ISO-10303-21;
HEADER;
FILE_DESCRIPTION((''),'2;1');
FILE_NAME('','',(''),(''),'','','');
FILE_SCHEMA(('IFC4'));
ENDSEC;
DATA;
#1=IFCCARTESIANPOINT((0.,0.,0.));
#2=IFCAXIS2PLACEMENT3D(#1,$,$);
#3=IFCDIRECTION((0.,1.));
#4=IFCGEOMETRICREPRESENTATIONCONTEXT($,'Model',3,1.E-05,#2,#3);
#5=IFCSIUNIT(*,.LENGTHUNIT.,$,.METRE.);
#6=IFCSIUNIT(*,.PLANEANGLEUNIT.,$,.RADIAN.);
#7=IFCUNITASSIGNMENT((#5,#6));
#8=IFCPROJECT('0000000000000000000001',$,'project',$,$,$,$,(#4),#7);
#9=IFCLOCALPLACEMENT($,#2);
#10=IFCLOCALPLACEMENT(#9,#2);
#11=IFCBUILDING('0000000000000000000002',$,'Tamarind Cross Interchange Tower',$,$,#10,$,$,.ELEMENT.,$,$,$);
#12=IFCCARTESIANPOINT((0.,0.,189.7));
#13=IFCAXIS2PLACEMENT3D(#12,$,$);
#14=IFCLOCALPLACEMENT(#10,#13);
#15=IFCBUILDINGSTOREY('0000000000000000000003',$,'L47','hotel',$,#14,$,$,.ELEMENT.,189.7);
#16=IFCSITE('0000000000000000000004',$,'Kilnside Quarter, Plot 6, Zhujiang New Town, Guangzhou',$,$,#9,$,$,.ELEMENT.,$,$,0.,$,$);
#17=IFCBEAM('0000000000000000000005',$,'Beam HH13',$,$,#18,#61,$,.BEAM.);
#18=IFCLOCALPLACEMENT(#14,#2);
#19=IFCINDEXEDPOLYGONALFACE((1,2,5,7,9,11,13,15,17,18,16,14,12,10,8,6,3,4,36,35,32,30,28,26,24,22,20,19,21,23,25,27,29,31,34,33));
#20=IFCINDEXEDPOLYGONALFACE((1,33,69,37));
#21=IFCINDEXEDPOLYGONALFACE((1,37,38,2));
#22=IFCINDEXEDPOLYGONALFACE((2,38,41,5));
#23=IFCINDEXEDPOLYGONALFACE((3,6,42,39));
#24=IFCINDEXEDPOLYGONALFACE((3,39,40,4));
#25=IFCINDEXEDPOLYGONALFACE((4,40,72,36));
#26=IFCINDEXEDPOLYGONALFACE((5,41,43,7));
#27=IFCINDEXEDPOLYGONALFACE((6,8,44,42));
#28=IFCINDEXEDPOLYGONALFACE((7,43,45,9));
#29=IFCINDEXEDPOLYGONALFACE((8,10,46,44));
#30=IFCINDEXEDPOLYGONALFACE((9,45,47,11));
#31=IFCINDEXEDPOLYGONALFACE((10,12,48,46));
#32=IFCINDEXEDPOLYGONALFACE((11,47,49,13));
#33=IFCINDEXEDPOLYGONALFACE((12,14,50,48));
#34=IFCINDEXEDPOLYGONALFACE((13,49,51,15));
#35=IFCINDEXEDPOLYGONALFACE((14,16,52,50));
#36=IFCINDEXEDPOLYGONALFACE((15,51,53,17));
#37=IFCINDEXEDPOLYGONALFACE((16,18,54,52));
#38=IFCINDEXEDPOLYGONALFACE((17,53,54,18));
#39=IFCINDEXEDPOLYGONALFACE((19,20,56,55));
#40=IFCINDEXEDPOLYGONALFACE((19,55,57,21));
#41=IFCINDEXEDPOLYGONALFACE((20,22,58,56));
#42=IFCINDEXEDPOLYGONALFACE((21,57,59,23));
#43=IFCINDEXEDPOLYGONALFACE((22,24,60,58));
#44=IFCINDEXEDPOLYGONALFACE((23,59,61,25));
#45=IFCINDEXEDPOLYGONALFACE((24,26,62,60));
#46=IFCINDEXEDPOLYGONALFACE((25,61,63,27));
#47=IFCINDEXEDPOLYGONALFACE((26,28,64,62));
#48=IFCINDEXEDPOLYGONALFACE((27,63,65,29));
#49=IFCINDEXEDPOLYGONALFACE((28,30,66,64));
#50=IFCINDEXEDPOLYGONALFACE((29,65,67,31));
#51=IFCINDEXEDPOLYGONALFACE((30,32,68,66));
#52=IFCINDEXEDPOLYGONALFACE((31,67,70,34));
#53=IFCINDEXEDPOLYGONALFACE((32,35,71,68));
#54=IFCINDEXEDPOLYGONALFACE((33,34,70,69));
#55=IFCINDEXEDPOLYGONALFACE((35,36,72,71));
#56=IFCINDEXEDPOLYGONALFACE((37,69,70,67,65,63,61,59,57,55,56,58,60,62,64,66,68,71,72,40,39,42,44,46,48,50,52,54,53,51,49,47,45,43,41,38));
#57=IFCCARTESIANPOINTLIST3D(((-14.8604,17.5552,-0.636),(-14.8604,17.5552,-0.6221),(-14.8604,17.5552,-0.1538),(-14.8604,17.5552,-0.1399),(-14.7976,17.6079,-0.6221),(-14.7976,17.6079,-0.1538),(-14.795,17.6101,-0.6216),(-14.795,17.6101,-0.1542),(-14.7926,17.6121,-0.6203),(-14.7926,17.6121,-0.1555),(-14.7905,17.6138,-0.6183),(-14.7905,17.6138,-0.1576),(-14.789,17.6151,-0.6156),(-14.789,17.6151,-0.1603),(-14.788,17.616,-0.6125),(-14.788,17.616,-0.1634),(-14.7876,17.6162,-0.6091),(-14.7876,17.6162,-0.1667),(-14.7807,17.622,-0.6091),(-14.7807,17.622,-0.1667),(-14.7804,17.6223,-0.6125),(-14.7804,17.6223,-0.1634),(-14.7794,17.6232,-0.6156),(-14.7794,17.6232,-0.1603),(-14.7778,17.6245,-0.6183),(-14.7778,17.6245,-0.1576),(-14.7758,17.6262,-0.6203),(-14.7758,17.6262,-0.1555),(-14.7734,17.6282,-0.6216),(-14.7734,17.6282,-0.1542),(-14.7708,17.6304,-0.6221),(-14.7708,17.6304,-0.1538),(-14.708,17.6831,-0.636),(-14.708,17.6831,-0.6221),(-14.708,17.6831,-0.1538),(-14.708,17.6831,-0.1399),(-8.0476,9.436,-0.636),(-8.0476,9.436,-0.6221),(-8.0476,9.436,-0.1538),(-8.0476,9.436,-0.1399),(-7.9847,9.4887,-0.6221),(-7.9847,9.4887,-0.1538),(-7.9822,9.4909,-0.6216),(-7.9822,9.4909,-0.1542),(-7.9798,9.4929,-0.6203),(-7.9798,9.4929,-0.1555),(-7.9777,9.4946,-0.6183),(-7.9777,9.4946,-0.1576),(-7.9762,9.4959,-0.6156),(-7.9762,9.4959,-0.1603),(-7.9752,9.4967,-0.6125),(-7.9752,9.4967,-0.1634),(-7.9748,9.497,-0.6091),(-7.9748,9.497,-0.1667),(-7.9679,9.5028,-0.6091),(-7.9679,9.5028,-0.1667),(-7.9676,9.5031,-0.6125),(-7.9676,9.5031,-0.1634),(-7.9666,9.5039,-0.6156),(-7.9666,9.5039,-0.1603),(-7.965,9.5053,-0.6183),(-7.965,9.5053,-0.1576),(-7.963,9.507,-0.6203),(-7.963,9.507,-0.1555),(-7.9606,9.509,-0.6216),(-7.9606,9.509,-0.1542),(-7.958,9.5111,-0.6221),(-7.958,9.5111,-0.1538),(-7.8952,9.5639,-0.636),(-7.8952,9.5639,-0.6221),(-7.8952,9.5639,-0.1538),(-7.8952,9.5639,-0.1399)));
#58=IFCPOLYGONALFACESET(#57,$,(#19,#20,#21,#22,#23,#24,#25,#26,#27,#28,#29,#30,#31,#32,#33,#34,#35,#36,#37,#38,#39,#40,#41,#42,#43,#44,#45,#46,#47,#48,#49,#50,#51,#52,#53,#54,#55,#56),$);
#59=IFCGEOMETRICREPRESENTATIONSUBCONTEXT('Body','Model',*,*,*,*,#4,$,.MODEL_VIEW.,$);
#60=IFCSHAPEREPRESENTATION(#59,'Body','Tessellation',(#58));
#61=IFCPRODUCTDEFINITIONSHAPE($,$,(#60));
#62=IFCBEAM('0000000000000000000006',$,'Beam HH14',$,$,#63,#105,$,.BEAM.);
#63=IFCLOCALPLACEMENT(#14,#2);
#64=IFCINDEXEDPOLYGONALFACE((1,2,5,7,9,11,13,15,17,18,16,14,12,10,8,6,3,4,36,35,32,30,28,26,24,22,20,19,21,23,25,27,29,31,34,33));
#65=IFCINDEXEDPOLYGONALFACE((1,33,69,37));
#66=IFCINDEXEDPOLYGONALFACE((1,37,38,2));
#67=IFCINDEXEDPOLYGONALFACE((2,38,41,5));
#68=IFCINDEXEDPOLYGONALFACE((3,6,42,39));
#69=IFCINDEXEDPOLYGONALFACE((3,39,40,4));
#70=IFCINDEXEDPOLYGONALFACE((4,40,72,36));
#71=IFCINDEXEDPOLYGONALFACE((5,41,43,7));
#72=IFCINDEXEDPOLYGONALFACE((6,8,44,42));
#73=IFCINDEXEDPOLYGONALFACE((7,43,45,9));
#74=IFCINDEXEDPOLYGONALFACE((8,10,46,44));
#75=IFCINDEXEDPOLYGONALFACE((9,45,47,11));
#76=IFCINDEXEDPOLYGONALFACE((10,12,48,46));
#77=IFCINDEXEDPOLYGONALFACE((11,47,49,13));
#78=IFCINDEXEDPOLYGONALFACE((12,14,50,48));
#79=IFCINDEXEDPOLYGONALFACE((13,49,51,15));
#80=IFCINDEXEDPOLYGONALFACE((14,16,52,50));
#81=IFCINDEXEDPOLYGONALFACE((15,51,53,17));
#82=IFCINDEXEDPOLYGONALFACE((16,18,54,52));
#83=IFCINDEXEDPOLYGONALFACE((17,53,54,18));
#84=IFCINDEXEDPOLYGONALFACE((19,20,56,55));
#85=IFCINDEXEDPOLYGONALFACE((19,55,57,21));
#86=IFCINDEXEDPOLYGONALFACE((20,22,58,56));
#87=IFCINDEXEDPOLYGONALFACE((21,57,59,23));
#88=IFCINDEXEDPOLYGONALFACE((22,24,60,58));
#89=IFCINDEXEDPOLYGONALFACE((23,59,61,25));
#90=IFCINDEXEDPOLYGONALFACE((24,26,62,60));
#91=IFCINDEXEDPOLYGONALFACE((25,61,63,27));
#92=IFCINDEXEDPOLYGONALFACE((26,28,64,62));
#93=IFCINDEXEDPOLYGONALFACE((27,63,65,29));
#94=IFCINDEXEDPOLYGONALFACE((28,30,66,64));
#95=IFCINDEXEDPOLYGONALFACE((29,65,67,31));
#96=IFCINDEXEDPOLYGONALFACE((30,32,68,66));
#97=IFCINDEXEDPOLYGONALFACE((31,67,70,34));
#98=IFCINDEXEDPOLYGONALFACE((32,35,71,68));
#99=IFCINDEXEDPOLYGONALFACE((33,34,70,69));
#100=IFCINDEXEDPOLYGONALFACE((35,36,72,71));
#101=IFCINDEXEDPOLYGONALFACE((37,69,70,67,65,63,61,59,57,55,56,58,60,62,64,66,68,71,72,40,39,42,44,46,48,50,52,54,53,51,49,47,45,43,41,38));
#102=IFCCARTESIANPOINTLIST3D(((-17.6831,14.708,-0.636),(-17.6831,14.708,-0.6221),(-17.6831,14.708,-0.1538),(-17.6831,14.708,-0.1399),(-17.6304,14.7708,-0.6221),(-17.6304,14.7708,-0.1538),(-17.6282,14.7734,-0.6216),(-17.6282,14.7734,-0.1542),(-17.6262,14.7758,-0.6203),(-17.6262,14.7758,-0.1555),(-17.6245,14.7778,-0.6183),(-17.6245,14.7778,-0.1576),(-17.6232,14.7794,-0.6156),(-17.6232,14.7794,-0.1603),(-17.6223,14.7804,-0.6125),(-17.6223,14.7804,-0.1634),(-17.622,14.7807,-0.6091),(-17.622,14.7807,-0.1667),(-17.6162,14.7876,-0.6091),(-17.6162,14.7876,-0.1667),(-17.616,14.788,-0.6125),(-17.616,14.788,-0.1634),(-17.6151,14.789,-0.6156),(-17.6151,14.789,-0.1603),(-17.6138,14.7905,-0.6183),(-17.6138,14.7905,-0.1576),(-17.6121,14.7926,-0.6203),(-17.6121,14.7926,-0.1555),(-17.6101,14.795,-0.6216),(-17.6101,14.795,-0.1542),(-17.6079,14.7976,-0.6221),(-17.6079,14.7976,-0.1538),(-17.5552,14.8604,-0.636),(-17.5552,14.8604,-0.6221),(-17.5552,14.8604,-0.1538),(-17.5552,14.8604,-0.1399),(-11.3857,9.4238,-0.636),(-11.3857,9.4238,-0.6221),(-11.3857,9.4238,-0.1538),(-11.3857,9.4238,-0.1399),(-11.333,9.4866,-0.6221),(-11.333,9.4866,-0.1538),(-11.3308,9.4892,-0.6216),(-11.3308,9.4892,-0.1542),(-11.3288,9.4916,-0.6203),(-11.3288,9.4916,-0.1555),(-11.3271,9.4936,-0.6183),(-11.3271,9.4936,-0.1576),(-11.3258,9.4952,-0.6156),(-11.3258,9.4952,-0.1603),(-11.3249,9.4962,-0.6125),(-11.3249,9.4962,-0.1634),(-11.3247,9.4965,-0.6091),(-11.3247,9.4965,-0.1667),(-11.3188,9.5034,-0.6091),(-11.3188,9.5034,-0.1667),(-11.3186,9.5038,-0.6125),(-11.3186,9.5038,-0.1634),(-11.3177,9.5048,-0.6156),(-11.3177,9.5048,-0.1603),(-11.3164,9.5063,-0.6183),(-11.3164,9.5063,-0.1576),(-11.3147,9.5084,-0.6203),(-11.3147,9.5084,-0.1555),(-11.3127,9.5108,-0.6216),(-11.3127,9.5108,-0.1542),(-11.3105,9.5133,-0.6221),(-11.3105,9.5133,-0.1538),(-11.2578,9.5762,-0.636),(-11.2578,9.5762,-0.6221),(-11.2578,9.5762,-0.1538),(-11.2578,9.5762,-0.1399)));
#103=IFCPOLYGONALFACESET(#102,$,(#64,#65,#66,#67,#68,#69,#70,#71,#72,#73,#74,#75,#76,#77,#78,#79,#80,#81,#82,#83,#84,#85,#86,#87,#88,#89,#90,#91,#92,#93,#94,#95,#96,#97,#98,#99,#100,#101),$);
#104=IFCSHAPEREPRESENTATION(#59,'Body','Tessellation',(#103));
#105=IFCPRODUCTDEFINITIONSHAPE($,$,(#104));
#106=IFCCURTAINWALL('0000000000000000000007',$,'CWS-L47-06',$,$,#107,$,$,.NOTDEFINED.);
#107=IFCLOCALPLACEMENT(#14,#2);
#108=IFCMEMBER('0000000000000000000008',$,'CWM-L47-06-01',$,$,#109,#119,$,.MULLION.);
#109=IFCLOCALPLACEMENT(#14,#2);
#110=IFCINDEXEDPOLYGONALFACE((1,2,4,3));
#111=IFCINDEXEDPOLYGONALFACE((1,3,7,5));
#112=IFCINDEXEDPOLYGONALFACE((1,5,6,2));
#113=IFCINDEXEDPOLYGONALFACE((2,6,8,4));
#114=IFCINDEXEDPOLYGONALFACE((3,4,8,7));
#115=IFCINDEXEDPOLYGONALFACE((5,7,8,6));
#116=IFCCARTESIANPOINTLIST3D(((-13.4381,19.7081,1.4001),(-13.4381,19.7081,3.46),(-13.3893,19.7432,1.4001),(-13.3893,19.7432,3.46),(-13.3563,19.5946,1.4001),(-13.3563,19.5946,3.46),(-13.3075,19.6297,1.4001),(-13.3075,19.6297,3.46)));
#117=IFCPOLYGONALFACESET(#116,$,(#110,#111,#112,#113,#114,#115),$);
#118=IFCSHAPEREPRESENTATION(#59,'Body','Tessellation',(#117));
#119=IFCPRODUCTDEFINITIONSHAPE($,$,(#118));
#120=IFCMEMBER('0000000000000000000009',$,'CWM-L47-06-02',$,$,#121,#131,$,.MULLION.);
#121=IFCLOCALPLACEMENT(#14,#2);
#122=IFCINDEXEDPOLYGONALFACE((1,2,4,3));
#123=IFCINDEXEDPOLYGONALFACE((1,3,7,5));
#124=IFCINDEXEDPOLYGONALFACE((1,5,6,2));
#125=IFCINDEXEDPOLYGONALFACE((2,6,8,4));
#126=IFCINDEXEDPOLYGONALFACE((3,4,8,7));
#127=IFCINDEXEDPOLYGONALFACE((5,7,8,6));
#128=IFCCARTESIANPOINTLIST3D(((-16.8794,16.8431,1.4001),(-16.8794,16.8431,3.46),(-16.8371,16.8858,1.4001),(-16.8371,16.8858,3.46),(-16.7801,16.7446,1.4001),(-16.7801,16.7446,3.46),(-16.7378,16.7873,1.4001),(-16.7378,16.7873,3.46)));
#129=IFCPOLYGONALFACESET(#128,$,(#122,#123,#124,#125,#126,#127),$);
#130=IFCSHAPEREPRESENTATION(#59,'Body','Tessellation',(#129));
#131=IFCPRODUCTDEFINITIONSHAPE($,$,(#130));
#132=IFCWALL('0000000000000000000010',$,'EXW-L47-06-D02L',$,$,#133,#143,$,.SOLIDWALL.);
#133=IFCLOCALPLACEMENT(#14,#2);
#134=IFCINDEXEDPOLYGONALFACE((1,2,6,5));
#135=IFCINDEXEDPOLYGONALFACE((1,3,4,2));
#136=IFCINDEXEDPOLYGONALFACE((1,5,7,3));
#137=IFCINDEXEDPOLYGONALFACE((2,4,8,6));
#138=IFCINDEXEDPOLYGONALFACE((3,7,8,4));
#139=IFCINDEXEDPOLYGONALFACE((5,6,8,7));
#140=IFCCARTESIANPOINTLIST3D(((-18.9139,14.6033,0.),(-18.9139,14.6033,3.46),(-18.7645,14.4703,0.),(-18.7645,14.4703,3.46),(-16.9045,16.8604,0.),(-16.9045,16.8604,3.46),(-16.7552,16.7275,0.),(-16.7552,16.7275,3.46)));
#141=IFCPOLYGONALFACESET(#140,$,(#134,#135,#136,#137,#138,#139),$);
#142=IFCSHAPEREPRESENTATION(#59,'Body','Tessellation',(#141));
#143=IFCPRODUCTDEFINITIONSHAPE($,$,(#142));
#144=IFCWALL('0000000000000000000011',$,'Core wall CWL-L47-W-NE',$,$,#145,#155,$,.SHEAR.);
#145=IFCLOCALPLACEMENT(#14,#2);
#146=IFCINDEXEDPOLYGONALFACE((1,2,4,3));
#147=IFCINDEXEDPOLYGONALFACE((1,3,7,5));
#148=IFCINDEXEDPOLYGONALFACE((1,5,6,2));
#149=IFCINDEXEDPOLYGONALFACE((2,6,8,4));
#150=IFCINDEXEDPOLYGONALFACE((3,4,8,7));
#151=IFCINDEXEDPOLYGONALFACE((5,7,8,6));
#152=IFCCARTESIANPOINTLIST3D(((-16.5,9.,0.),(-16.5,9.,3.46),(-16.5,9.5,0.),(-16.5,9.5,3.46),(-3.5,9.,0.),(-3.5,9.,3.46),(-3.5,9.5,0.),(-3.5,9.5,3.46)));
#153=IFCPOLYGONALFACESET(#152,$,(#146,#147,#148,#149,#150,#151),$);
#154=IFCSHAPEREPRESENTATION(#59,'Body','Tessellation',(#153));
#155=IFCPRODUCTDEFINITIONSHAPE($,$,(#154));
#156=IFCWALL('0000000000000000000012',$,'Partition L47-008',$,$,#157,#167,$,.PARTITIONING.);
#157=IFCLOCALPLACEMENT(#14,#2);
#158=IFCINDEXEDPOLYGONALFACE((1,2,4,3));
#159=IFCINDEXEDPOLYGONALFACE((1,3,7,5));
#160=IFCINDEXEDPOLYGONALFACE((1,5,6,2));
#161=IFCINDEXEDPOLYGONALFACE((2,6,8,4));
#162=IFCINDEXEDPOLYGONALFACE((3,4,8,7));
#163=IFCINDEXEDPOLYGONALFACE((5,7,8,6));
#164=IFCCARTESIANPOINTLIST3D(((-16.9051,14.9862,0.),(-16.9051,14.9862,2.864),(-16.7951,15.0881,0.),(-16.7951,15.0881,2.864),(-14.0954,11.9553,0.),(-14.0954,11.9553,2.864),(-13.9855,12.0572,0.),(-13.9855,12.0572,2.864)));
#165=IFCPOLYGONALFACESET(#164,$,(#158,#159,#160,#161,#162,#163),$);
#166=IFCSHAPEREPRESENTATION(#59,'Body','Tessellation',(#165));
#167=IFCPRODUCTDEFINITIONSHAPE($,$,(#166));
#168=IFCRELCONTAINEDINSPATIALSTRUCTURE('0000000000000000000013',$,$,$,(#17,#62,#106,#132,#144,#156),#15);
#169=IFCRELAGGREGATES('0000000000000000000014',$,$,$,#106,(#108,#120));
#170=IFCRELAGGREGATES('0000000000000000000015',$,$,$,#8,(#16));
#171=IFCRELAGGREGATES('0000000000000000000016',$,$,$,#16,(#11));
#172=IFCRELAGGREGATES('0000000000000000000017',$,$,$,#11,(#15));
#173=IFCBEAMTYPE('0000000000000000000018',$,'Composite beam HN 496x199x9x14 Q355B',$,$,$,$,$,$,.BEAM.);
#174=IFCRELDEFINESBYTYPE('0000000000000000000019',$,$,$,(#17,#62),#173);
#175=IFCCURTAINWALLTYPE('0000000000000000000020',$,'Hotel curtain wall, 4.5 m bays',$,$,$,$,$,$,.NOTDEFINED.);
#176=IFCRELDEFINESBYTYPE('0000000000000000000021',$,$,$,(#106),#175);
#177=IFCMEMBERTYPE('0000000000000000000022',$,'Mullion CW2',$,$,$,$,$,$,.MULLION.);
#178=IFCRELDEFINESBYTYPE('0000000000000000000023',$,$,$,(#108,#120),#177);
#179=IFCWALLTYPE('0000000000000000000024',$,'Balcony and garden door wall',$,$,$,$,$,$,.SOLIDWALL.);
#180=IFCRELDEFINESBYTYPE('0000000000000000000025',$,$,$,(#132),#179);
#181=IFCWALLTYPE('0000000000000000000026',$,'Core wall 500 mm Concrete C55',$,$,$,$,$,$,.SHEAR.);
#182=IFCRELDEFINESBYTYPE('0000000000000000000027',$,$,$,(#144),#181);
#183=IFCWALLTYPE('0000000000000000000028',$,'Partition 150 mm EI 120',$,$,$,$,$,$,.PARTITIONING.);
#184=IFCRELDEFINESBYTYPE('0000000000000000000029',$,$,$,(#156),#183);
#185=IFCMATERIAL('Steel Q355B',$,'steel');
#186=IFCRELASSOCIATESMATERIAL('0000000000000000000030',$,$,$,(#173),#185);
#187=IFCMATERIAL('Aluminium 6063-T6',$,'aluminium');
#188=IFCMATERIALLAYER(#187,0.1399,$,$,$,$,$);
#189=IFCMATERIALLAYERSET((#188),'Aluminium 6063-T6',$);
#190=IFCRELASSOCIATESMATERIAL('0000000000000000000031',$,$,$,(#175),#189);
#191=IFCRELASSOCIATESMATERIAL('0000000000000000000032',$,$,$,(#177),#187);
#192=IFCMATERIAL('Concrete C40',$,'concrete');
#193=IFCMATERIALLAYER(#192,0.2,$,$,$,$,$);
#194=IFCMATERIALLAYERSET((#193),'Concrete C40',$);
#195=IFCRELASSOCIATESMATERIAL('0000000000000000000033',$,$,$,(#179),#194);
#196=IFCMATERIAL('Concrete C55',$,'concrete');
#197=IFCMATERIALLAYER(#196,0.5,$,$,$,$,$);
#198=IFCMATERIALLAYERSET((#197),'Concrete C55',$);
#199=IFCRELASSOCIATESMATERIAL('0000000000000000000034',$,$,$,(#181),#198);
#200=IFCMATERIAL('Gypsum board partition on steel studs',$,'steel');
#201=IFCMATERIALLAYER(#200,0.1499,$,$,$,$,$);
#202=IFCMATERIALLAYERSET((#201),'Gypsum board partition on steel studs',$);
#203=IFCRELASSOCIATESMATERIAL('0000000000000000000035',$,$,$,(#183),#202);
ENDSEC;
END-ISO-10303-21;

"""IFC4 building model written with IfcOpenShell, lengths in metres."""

from ifc_helpers import new_model, si_unit, direction, frame, frame_2d, origin, origin_2d, place, context, subcontext, project, spatial, rectangle, i_section, extrude, material, layer, layer_set, material_profile, profile_set, type_object, element, aggregate, save


model = new_model("IFC4")

# Units and contexts
model_context = context("Model", 3, precision=1e-05, world=origin(), true_north=direction((0.0, 1.0)))
body_context = subcontext(model_context, "Body", "Model", "MODEL_VIEW")
ifc_project = project(units=[si_unit("LENGTHUNIT", "METRE"), si_unit("PLANEANGLEUNIT", "RADIAN")], contexts=[model_context])

# Site, building, storey
site_placement = place(None, origin())
site = spatial("IfcSite", under=ifc_project, at=site_placement, Name="Kilnside Quarter, Plot 6, Zhujiang New Town, Guangzhou", CompositionType="ELEMENT", RefElevation=0.0)
building_placement = place(site_placement, origin())
building = spatial("IfcBuilding", under=site, at=building_placement, Name="Tamarind Cross Interchange Tower", CompositionType="ELEMENT")
storey_placement = place(building_placement, frame((0.0, 0.0, 189.7)))
storey = spatial("IfcBuildingStorey", under=building, at=storey_placement, Name="L47", Description="hotel", CompositionType="ELEMENT", Elevation=189.7)

# Shared definitions
ifc_material_1 = material(Name="Concrete C55", Category="concrete")

# Beams
ifc_material_2 = material(Name="Steel Q355B", Category="steel")
ifc_material_profile_1 = material_profile(ifc_material_2, i_section(OverallWidth=0.199, OverallDepth=0.4961, WebThickness=0.009, FlangeThickness=0.0139, FilletRadius=0.0129, at=origin_2d()), Name="HN 496x199x9x14")
ifc_profile_set_1 = profile_set([ifc_material_profile_1], Name="Steel Q355B")
beam_type = type_object("IfcBeamType", Name="Composite beam HN 496x199x9x14 Q355B", PredefinedType="BEAM", material=ifc_profile_set_1)
beam_1_placement = place(storey_placement, frame((-14.7842, 17.6191, -0.3879), z_axis=(0.642786, -0.766046, 0.0), x_axis=(0.766046, 0.642786, 0.0)))
element("IfcBeam", 1, at=beam_1_placement, inside=storey, type_object=beam_type, Name="Beam HH13", PredefinedType="BEAM", context=body_context, shape_type="SweptSolid", body=[
    extrude(i_section(OverallWidth=0.199, OverallDepth=0.4961, WebThickness=0.009, FlangeThickness=0.0139, FilletRadius=0.0129, at=origin_2d()), origin(), (0.0, 0.0, 1.0), 10.5989),
])
beam_2_placement = place(storey_placement, frame((-17.6191, 14.7842, -0.3879), z_axis=(0.766041, -0.642792, 0.0), x_axis=(0.642792, 0.766041, 0.0)))
element("IfcBeam", 2, at=beam_2_placement, inside=storey, type_object=beam_type, Name="Beam HH14", PredefinedType="BEAM", context=body_context, shape_type="SweptSolid", body=[
    extrude(i_section(OverallWidth=0.199, OverallDepth=0.4961, WebThickness=0.009, FlangeThickness=0.0139, FilletRadius=0.0129, at=origin_2d()), origin(), (0.0, 0.0, 1.0), 8.2207),
])

# Curtain wall, members
ifc_material_3 = material(Name="Aluminium 6063-T6", Category="aluminium")
ifc_layer_1 = layer(ifc_material_3, 0.1399)
ifc_layer_set_1 = layer_set([ifc_layer_1], Name="Aluminium 6063-T6")
curtain_wall_type = type_object("IfcCurtainWallType", Name="Hotel curtain wall, 4.5 m bays", PredefinedType="NOTDEFINED", material=ifc_layer_set_1)
curtain_wall_placement = place(storey_placement, origin())
curtain_wall = element("IfcCurtainWall", 3, at=curtain_wall_placement, inside=storey, type_object=curtain_wall_type, Name="CWS-L47-06", PredefinedType="NOTDEFINED")
ifc_material_profile_2 = material_profile(ifc_material_3, rectangle(XDim=0.0601, YDim=0.1399, at=origin_2d()), Name="Mullion CW2")
ifc_profile_set_2 = profile_set([ifc_material_profile_2], Name="Aluminium 6063-T6")
member_type = type_object("IfcMemberType", Name="Mullion CW2", PredefinedType="MULLION", material=ifc_profile_set_2)
member_1_placement = place(storey_placement, frame((-13.3728, 19.6689, 1.4001), z_axis=(0.0, 0.0, 1.0), x_axis=(-0.81134, -0.584574, 0.0)))
member_1 = element("IfcMember", 4, at=member_1_placement, type_object=member_type, Name="CWM-L47-06-01", PredefinedType="MULLION", context=body_context, shape_type="SweptSolid", body=[
    extrude(rectangle(XDim=0.0601, YDim=0.1399, at=origin_2d()), origin(), (0.0, 0.0, 1.0), 2.0598),
])
member_2_placement = place(storey_placement, frame((-16.8086, 16.8152, 1.4001), z_axis=(0.0, 0.0, 1.0), x_axis=(-0.704057, -0.710143, 0.0)))
member_2 = element("IfcMember", 5, at=member_2_placement, type_object=member_type, Name="CWM-L47-06-02", PredefinedType="MULLION", context=body_context, shape_type="SweptSolid", body=[
    extrude(rectangle(XDim=0.0601, YDim=0.1399, at=origin_2d()), origin(), (0.0, 0.0, 1.0), 2.0598),
])
aggregate(curtain_wall, [member_1, member_2])

# Walls
ifc_material_4 = material(Name="Concrete C40", Category="concrete")
ifc_layer_2 = layer(ifc_material_4, 0.2)
ifc_layer_set_2 = layer_set([ifc_layer_2], Name="Concrete C40")
wall_type_1 = type_object("IfcWallType", Name="Balcony and garden door wall", PredefinedType="SOLIDWALL", material=ifc_layer_set_2)
wall_1_placement = place(storey_placement, frame((-16.8298, 16.7939, 0.0), z_axis=(0.0, 0.0, 1.0), x_axis=(-0.664915, -0.746919, 0.0)))
element("IfcWall", 6, at=wall_1_placement, inside=storey, type_object=wall_type_1, Name="EXW-L47-06-D02L", PredefinedType="SOLIDWALL", context=body_context, shape_type="SweptSolid", body=[
    extrude(rectangle(XDim=3.022, YDim=0.2, at=frame_2d((1.511, 0.0))), origin(), (0.0, 0.0, 1.0), 3.46),
])
ifc_layer_3 = layer(ifc_material_1, 0.5)
ifc_layer_set_3 = layer_set([ifc_layer_3], Name="Concrete C55")
wall_type_2 = type_object("IfcWallType", Name="Core wall 500 mm Concrete C55", PredefinedType="SHEAR", material=ifc_layer_set_3)
wall_2_placement = place(storey_placement, frame((-16.5, 9.25, 0.0), z_axis=(0.0, 0.0, 1.0), x_axis=(1.0, 0.0, 0.0)))
element("IfcWall", 7, at=wall_2_placement, inside=storey, type_object=wall_type_2, Name="Core wall CWL-L47-W-NE", PredefinedType="SHEAR", context=body_context, shape_type="SweptSolid", body=[
    extrude(rectangle(XDim=13.0, YDim=0.5, at=frame_2d((6.5, 0.0))), origin(), (0.0, 0.0, 1.0), 3.46),
])
ifc_material_5 = material(Name="Gypsum board partition on steel studs", Category="steel")
ifc_layer_4 = layer(ifc_material_5, 0.1499)
ifc_layer_set_4 = layer_set([ifc_layer_4], Name="Gypsum board partition on steel studs")
wall_type_3 = type_object("IfcWallType", Name="Partition 150 mm EI 120", PredefinedType="PARTITIONING", material=ifc_layer_set_4)
wall_3_placement = place(storey_placement, frame((-16.8501, 15.0371, 0.0), z_axis=(0.0, 0.0, 1.0), x_axis=(0.679839, -0.733361, 0.0)))
element("IfcWall", 8, at=wall_3_placement, inside=storey, type_object=wall_type_3, Name="Partition L47-008", PredefinedType="PARTITIONING", context=body_context, shape_type="SweptSolid", body=[
    extrude(rectangle(XDim=4.1328, YDim=0.1499, at=frame_2d((2.0664, 0.0))), origin(), (0.0, 0.0, 1.0), 2.864),
])

save(model, "model.ifc")
